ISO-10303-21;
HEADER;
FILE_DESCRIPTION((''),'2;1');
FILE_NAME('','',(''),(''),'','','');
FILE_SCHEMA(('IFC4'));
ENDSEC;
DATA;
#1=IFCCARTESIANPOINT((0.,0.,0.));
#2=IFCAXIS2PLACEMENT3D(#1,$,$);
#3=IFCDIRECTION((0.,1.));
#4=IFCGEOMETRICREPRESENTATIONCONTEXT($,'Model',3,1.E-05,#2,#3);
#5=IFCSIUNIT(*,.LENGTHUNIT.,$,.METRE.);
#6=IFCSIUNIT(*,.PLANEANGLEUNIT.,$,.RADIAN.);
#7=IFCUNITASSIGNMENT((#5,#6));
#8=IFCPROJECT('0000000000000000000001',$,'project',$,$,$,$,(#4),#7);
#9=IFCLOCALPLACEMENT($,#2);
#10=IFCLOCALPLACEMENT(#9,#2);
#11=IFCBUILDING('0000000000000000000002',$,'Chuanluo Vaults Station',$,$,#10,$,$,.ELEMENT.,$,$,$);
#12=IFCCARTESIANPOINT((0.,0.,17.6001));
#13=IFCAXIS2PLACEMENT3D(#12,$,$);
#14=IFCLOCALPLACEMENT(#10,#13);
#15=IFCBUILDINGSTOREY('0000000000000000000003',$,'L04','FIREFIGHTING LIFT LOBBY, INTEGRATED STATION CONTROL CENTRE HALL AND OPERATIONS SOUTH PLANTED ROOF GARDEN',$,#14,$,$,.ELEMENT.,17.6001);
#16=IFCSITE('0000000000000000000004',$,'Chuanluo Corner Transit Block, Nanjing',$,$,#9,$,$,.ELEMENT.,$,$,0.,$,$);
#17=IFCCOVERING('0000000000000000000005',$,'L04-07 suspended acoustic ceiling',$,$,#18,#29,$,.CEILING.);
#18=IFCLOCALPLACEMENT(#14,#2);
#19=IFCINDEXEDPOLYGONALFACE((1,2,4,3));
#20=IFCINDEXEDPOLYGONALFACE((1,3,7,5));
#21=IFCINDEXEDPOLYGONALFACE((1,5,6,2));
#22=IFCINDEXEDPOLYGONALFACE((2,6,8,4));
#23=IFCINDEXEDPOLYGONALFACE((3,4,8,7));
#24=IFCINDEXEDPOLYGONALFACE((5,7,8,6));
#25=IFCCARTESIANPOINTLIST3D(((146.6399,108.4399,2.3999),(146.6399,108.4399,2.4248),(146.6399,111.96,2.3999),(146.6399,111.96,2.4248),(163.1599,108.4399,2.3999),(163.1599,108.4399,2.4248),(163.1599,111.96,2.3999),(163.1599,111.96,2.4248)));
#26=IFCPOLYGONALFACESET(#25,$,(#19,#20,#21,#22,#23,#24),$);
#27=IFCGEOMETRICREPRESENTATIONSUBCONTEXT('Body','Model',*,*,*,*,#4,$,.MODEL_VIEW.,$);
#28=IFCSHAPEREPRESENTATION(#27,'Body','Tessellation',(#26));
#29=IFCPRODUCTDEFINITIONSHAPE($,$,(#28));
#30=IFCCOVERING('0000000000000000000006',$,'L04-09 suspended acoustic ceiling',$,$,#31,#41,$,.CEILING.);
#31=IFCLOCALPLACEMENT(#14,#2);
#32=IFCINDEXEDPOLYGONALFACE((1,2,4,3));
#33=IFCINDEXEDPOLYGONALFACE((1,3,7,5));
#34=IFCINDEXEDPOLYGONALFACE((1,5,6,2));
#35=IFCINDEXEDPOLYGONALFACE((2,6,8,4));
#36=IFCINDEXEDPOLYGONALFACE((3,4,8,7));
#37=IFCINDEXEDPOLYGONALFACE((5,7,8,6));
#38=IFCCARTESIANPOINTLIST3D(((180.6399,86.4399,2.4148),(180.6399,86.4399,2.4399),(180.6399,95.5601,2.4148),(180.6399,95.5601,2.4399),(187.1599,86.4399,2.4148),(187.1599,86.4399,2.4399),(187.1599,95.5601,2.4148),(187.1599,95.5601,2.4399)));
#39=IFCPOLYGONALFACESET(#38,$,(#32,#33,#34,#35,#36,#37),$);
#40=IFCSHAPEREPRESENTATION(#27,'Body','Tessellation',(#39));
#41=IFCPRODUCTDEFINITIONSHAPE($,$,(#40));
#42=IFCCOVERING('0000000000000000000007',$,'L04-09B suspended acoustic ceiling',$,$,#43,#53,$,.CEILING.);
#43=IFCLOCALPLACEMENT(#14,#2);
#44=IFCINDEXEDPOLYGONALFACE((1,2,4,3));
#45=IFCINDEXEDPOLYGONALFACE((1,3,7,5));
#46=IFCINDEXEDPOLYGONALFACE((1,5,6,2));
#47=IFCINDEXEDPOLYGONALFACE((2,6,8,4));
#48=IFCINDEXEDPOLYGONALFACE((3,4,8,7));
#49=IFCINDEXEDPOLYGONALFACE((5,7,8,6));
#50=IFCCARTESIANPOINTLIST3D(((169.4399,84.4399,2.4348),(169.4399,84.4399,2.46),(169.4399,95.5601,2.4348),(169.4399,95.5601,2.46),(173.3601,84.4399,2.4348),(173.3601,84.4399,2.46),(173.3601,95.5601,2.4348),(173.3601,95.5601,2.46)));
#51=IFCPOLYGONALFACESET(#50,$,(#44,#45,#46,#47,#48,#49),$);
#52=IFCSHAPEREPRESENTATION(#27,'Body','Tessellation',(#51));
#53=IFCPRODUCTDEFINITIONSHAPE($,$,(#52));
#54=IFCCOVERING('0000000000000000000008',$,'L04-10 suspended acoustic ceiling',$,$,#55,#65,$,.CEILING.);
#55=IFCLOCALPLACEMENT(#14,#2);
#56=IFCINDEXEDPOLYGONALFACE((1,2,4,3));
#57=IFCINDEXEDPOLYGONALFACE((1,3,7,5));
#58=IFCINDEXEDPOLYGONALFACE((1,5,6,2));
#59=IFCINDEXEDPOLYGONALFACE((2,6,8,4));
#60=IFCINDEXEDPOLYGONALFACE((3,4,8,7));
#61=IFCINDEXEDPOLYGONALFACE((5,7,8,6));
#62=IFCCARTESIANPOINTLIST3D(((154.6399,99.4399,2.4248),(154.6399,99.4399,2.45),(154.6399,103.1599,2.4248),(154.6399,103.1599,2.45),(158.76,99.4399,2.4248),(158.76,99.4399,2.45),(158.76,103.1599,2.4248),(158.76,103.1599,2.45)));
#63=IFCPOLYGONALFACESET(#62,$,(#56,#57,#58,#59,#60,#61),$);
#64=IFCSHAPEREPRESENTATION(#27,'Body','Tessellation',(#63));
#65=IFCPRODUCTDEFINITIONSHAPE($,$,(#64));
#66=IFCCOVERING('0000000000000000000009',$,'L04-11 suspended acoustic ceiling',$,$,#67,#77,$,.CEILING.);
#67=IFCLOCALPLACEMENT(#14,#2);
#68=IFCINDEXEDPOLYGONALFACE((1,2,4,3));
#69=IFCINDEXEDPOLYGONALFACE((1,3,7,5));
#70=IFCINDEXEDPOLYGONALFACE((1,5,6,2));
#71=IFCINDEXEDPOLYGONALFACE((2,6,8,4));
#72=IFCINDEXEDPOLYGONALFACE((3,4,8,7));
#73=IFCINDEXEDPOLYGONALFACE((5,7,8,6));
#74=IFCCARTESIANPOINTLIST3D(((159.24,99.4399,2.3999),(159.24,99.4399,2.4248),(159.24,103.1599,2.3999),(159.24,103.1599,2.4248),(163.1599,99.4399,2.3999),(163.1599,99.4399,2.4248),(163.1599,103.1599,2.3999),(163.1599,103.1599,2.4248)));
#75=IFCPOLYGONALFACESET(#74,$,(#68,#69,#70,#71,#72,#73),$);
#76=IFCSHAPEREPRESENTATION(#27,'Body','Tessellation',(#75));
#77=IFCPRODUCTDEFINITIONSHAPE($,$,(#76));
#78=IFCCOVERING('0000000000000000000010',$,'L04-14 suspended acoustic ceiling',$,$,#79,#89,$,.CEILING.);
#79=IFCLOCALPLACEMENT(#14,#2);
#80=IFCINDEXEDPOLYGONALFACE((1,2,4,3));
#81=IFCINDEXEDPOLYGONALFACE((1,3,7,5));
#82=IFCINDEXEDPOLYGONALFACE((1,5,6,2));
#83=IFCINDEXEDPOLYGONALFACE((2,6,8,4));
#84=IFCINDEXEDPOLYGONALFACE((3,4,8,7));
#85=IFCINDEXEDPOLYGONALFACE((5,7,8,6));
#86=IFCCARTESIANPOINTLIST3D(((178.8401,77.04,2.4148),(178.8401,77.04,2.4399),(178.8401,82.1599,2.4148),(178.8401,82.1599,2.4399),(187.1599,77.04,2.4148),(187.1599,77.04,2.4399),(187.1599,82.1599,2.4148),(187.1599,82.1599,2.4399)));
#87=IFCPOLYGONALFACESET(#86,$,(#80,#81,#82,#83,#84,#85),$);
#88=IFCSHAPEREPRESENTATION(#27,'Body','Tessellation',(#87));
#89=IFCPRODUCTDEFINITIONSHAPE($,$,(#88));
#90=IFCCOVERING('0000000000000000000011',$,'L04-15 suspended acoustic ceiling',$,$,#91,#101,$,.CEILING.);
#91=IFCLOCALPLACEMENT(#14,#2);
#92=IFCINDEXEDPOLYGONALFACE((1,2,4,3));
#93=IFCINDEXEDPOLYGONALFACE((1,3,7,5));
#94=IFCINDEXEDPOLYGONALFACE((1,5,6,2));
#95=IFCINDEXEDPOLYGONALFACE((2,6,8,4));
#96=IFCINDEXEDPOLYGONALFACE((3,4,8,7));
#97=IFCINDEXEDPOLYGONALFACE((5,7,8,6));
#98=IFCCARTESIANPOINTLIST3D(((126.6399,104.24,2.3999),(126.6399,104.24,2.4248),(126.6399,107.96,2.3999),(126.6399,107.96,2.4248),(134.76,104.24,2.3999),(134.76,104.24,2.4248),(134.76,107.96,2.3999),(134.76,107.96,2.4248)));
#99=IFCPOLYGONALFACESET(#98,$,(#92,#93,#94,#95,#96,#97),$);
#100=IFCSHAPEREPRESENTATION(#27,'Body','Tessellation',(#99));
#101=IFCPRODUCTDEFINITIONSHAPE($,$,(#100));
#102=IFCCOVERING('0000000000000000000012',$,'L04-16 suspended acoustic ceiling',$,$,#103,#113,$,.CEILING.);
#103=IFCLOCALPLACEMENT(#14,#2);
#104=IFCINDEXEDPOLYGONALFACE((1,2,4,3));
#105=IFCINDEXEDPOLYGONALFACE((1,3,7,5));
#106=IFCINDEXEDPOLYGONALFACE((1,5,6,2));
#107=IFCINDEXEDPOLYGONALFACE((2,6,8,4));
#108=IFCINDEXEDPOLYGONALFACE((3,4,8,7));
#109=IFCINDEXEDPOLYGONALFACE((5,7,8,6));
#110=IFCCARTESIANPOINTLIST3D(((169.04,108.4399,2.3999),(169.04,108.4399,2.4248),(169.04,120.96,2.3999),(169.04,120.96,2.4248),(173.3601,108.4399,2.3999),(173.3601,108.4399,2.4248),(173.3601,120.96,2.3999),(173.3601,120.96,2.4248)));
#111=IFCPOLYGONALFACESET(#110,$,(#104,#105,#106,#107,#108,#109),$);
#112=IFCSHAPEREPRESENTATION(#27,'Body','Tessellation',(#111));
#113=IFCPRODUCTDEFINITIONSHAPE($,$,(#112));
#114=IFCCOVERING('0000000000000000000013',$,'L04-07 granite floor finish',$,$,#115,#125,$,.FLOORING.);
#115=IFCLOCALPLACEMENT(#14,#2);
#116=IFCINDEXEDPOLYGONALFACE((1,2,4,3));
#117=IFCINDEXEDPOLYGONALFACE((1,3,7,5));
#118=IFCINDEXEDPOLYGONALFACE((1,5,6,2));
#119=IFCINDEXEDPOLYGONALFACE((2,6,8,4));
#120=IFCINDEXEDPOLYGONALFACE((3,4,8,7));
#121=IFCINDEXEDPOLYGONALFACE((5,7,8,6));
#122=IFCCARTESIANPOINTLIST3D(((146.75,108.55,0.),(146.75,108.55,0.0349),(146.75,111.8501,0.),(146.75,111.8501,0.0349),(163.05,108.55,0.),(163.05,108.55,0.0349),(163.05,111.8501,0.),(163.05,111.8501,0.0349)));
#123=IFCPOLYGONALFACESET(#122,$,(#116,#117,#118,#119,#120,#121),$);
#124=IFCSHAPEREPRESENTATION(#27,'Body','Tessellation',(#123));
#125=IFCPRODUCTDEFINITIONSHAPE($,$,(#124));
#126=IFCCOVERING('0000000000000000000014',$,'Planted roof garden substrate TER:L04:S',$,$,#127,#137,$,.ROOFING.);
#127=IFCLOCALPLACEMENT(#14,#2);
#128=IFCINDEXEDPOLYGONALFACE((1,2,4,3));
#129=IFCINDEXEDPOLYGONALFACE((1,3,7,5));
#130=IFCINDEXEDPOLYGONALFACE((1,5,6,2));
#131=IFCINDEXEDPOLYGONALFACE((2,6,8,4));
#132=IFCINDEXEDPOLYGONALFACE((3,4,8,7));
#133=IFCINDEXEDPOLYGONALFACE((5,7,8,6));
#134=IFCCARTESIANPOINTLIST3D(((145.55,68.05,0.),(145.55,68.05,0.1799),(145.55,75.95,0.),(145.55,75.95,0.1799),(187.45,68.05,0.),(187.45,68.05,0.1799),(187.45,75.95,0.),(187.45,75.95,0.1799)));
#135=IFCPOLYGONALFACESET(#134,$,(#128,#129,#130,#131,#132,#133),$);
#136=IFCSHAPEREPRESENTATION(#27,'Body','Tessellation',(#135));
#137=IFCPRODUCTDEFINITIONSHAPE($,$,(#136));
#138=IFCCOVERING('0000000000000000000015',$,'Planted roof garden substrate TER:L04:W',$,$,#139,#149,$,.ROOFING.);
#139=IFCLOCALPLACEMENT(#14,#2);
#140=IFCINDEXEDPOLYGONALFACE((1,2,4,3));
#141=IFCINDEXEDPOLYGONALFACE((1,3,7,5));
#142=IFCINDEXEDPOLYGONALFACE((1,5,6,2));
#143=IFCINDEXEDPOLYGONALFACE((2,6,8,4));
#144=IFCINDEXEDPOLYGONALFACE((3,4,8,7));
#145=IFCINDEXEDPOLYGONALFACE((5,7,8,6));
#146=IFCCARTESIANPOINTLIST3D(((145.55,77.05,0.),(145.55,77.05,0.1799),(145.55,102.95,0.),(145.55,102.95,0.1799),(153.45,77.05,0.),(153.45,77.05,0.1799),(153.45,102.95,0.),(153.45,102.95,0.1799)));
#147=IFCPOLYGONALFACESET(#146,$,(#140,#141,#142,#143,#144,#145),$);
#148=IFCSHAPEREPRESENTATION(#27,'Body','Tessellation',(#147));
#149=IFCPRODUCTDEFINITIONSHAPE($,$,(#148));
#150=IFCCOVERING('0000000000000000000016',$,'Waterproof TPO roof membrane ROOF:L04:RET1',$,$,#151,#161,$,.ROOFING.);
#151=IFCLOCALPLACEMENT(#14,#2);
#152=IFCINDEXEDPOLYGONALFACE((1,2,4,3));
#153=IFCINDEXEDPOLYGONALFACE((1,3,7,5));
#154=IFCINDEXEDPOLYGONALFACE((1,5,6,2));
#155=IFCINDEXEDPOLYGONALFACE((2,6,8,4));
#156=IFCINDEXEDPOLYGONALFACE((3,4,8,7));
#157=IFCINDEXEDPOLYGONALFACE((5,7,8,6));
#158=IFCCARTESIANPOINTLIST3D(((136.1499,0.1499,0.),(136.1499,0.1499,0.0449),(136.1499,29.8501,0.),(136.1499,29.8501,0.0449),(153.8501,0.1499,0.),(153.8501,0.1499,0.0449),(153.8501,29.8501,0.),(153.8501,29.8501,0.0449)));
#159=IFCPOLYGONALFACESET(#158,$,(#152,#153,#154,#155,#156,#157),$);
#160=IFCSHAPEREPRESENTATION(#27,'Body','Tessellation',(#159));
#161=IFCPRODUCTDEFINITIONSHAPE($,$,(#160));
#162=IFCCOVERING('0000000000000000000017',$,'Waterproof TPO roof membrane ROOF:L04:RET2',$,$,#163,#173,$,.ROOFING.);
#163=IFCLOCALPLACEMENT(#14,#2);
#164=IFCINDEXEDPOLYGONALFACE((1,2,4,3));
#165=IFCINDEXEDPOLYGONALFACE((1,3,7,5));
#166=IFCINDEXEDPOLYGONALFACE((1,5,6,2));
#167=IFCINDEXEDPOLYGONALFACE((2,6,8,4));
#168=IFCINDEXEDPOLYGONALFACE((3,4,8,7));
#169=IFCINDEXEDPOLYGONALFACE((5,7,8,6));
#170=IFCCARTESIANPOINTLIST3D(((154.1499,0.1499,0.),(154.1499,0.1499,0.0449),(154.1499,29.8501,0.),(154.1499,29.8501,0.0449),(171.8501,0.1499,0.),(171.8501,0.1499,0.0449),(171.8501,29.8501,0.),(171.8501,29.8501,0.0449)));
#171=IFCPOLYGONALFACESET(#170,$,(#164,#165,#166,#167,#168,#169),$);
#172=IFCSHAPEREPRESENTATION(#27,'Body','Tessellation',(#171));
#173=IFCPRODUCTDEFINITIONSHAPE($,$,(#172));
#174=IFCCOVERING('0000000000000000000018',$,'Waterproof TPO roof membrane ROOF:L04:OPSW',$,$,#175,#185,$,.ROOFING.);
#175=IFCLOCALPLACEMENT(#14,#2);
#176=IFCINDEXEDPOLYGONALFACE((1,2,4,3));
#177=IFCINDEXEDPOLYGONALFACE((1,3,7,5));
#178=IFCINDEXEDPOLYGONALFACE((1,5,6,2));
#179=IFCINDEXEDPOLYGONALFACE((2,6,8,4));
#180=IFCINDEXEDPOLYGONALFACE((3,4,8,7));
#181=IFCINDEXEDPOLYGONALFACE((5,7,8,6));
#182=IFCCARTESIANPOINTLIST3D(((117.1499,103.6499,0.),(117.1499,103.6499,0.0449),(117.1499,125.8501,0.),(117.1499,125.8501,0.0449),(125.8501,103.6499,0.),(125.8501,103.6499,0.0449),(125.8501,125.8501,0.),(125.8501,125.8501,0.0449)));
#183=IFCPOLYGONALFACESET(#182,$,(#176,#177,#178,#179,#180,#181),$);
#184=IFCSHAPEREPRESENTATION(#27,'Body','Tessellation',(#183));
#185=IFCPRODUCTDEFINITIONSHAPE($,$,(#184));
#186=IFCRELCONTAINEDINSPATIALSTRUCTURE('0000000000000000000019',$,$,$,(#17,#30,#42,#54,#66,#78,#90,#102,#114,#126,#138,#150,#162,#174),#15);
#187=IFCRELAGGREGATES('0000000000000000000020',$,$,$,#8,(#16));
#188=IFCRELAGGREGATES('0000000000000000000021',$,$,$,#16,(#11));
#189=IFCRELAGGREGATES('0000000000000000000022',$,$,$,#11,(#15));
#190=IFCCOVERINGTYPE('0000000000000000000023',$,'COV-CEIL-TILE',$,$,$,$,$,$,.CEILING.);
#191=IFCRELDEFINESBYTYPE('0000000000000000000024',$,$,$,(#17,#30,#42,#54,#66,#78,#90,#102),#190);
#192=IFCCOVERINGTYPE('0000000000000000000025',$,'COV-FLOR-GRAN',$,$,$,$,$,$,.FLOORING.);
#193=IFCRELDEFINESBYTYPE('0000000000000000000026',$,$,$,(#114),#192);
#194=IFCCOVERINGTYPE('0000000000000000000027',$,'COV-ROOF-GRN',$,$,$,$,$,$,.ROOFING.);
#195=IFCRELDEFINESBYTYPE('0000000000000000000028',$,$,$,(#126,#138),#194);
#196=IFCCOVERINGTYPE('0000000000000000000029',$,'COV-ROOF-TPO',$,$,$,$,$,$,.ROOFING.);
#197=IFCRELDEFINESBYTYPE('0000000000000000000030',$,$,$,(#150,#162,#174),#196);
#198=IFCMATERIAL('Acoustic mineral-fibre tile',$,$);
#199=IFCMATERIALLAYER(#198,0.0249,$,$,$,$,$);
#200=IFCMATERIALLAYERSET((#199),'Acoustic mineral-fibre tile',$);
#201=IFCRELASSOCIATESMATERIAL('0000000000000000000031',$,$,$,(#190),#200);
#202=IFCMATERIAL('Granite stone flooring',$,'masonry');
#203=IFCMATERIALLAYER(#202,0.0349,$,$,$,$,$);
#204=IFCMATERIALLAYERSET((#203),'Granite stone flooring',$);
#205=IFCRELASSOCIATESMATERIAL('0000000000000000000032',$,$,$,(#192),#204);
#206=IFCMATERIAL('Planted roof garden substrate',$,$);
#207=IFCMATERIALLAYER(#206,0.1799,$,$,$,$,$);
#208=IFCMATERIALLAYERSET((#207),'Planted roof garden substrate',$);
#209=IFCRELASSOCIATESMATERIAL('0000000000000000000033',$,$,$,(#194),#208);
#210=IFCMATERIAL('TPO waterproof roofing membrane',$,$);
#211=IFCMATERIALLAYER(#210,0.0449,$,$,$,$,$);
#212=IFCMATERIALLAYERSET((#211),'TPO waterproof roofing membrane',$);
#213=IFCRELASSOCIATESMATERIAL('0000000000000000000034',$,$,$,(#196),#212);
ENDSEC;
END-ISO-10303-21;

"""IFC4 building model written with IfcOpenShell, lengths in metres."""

from ifc_helpers import new_model, si_unit, direction, frame, origin, place, context, subcontext, project, spatial, polyline, outline, extrude, material, layer, layer_set, type_object, element, save


model = new_model("IFC4")

# Units and contexts
model_context = context("Model", 3, precision=1e-05, world=origin(), true_north=direction((0.0, 1.0)))
body_context = subcontext(model_context, "Body", "Model", "MODEL_VIEW")
ifc_project = project(units=[si_unit("LENGTHUNIT", "METRE"), si_unit("PLANEANGLEUNIT", "RADIAN")], contexts=[model_context])

# Site, building, storey
site_placement = place(None, origin())
site = spatial("IfcSite", under=ifc_project, at=site_placement, Name="Chuanluo Corner Transit Block, Nanjing", CompositionType="ELEMENT", RefElevation=0.0)
building_placement = place(site_placement, origin())
building = spatial("IfcBuilding", under=site, at=building_placement, Name="Chuanluo Vaults Station", CompositionType="ELEMENT")
storey_placement = place(building_placement, frame((0.0, 0.0, 17.6001)))
storey = spatial("IfcBuildingStorey", under=building, at=storey_placement, Name="L04", Description="FIREFIGHTING LIFT LOBBY, INTEGRATED STATION CONTROL CENTRE HALL AND OPERATIONS SOUTH PLANTED ROOF GARDEN", CompositionType="ELEMENT", Elevation=17.6001)

# Coverings
ifc_material_1 = material(Name="Acoustic mineral-fibre tile")
ifc_layer_1 = layer(ifc_material_1, 0.0249)
ifc_layer_set_1 = layer_set([ifc_layer_1], Name="Acoustic mineral-fibre tile")
covering_type_1 = type_object("IfcCoveringType", Name="COV-CEIL-TILE", PredefinedType="CEILING", material=ifc_layer_set_1)
covering_1_placement = place(storey_placement, frame((0.0, 0.0, 2.3999)))
element("IfcCovering", 1, at=covering_1_placement, inside=storey, type_object=covering_type_1, Name="L04-07 suspended acoustic ceiling", PredefinedType="CEILING", context=body_context, shape_type="SweptSolid", body=[
    extrude(outline(polyline([(146.6399, 108.4399), (163.1599, 108.4399), (163.1599, 111.96), (146.6399, 111.96), (146.6399, 108.4399)])), origin(), (0.0, 0.0, 1.0), 0.0249),
])
covering_2_placement = place(storey_placement, frame((0.0, 0.0, 2.4148)))
element("IfcCovering", 2, at=covering_2_placement, inside=storey, type_object=covering_type_1, Name="L04-09 suspended acoustic ceiling", PredefinedType="CEILING", context=body_context, shape_type="SweptSolid", body=[
    extrude(outline(polyline([(180.6399, 86.4399), (187.1599, 86.4399), (187.1599, 95.5601), (180.6399, 95.5601), (180.6399, 86.4399)])), origin(), (0.0, 0.0, 1.0), 0.0251),
])
covering_3_placement = place(storey_placement, frame((0.0, 0.0, 2.4348)))
element("IfcCovering", 3, at=covering_3_placement, inside=storey, type_object=covering_type_1, Name="L04-09B suspended acoustic ceiling", PredefinedType="CEILING", context=body_context, shape_type="SweptSolid", body=[
    extrude(outline(polyline([(169.4399, 84.4399), (173.3601, 84.4399), (173.3601, 95.5601), (169.4399, 95.5601), (169.4399, 84.4399)])), origin(), (0.0, 0.0, 1.0), 0.0251),
])
covering_4_placement = place(storey_placement, frame((0.0, 0.0, 2.4248)))
element("IfcCovering", 4, at=covering_4_placement, inside=storey, type_object=covering_type_1, Name="L04-10 suspended acoustic ceiling", PredefinedType="CEILING", context=body_context, shape_type="SweptSolid", body=[
    extrude(outline(polyline([(154.6399, 99.4399), (158.76, 99.4399), (158.76, 103.1599), (154.6399, 103.1599), (154.6399, 99.4399)])), origin(), (0.0, 0.0, 1.0), 0.0251),
])
covering_5_placement = place(storey_placement, frame((0.0, 0.0, 2.3999)))
element("IfcCovering", 5, at=covering_5_placement, inside=storey, type_object=covering_type_1, Name="L04-11 suspended acoustic ceiling", PredefinedType="CEILING", context=body_context, shape_type="SweptSolid", body=[
    extrude(outline(polyline([(159.24, 99.4399), (163.1599, 99.4399), (163.1599, 103.1599), (159.24, 103.1599), (159.24, 99.4399)])), origin(), (0.0, 0.0, 1.0), 0.0249),
])
covering_6_placement = place(storey_placement, frame((0.0, 0.0, 2.4148)))
element("IfcCovering", 6, at=covering_6_placement, inside=storey, type_object=covering_type_1, Name="L04-14 suspended acoustic ceiling", PredefinedType="CEILING", context=body_context, shape_type="SweptSolid", body=[
    extrude(outline(polyline([(178.8401, 77.04), (187.1599, 77.04), (187.1599, 82.1599), (178.8401, 82.1599), (178.8401, 77.04)])), origin(), (0.0, 0.0, 1.0), 0.0251),
])
covering_7_placement = place(storey_placement, frame((0.0, 0.0, 2.3999)))
element("IfcCovering", 7, at=covering_7_placement, inside=storey, type_object=covering_type_1, Name="L04-15 suspended acoustic ceiling", PredefinedType="CEILING", context=body_context, shape_type="SweptSolid", body=[
    extrude(outline(polyline([(126.6399, 104.24), (134.76, 104.24), (134.76, 107.96), (126.6399, 107.96), (126.6399, 104.24)])), origin(), (0.0, 0.0, 1.0), 0.0249),
])
covering_8_placement = place(storey_placement, frame((0.0, 0.0, 2.3999)))
element("IfcCovering", 8, at=covering_8_placement, inside=storey, type_object=covering_type_1, Name="L04-16 suspended acoustic ceiling", PredefinedType="CEILING", context=body_context, shape_type="SweptSolid", body=[
    extrude(outline(polyline([(169.04, 108.4399), (173.3601, 108.4399), (173.3601, 120.96), (169.04, 120.96), (169.04, 108.4399)])), origin(), (0.0, 0.0, 1.0), 0.0249),
])
ifc_material_2 = material(Name="Granite stone flooring", Category="masonry")
ifc_layer_2 = layer(ifc_material_2, 0.0349)
ifc_layer_set_2 = layer_set([ifc_layer_2], Name="Granite stone flooring")
covering_type_2 = type_object("IfcCoveringType", Name="COV-FLOR-GRAN", PredefinedType="FLOORING", material=ifc_layer_set_2)
covering_9_placement = place(storey_placement, origin())
element("IfcCovering", 9, at=covering_9_placement, inside=storey, type_object=covering_type_2, Name="L04-07 granite floor finish", PredefinedType="FLOORING", context=body_context, shape_type="SweptSolid", body=[
    extrude(outline(polyline([(146.75, 108.55), (163.05, 108.55), (163.05, 111.8501), (146.75, 111.8501), (146.75, 108.55)])), origin(), (0.0, 0.0, 1.0), 0.0349),
])
ifc_material_3 = material(Name="Planted roof garden substrate")
ifc_layer_3 = layer(ifc_material_3, 0.1799)
ifc_layer_set_3 = layer_set([ifc_layer_3], Name="Planted roof garden substrate")
covering_type_3 = type_object("IfcCoveringType", Name="COV-ROOF-GRN", PredefinedType="ROOFING", material=ifc_layer_set_3)
covering_10_placement = place(storey_placement, origin())
element("IfcCovering", 10, at=covering_10_placement, inside=storey, type_object=covering_type_3, Name="Planted roof garden substrate TER:L04:S", PredefinedType="ROOFING", context=body_context, shape_type="SweptSolid", body=[
    extrude(outline(polyline([(145.55, 68.05), (187.45, 68.05), (187.45, 75.95), (145.55, 75.95), (145.55, 68.05)])), origin(), (0.0, 0.0, 1.0), 0.1799),
])
covering_11_placement = place(storey_placement, origin())
element("IfcCovering", 11, at=covering_11_placement, inside=storey, type_object=covering_type_3, Name="Planted roof garden substrate TER:L04:W", PredefinedType="ROOFING", context=body_context, shape_type="SweptSolid", body=[
    extrude(outline(polyline([(145.55, 77.05), (153.45, 77.05), (153.45, 102.95), (145.55, 102.95), (145.55, 77.05)])), origin(), (0.0, 0.0, 1.0), 0.1799),
])
ifc_material_4 = material(Name="TPO waterproof roofing membrane")
ifc_layer_4 = layer(ifc_material_4, 0.0449)
ifc_layer_set_4 = layer_set([ifc_layer_4], Name="TPO waterproof roofing membrane")
covering_type_4 = type_object("IfcCoveringType", Name="COV-ROOF-TPO", PredefinedType="ROOFING", material=ifc_layer_set_4)
covering_12_placement = place(storey_placement, origin())
element("IfcCovering", 12, at=covering_12_placement, inside=storey, type_object=covering_type_4, Name="Waterproof TPO roof membrane ROOF:L04:RET1", PredefinedType="ROOFING", context=body_context, shape_type="SweptSolid", body=[
    extrude(outline(polyline([(136.1499, 0.1499), (153.8501, 0.1499), (153.8501, 29.8501), (136.1499, 29.8501), (136.1499, 0.1499)])), origin(), (0.0, 0.0, 1.0), 0.0449),
])
covering_13_placement = place(storey_placement, origin())
element("IfcCovering", 13, at=covering_13_placement, inside=storey, type_object=covering_type_4, Name="Waterproof TPO roof membrane ROOF:L04:RET2", PredefinedType="ROOFING", context=body_context, shape_type="SweptSolid", body=[
    extrude(outline(polyline([(154.1499, 0.1499), (171.8501, 0.1499), (171.8501, 29.8501), (154.1499, 29.8501), (154.1499, 0.1499)])), origin(), (0.0, 0.0, 1.0), 0.0449),
])
covering_14_placement = place(storey_placement, origin())
element("IfcCovering", 14, at=covering_14_placement, inside=storey, type_object=covering_type_4, Name="Waterproof TPO roof membrane ROOF:L04:OPSW", PredefinedType="ROOFING", context=body_context, shape_type="SweptSolid", body=[
    extrude(outline(polyline([(117.1499, 103.6499), (125.8501, 103.6499), (125.8501, 125.8501), (117.1499, 125.8501), (117.1499, 103.6499)])), origin(), (0.0, 0.0, 1.0), 0.0449),
])

save(model, "model.ifc")
